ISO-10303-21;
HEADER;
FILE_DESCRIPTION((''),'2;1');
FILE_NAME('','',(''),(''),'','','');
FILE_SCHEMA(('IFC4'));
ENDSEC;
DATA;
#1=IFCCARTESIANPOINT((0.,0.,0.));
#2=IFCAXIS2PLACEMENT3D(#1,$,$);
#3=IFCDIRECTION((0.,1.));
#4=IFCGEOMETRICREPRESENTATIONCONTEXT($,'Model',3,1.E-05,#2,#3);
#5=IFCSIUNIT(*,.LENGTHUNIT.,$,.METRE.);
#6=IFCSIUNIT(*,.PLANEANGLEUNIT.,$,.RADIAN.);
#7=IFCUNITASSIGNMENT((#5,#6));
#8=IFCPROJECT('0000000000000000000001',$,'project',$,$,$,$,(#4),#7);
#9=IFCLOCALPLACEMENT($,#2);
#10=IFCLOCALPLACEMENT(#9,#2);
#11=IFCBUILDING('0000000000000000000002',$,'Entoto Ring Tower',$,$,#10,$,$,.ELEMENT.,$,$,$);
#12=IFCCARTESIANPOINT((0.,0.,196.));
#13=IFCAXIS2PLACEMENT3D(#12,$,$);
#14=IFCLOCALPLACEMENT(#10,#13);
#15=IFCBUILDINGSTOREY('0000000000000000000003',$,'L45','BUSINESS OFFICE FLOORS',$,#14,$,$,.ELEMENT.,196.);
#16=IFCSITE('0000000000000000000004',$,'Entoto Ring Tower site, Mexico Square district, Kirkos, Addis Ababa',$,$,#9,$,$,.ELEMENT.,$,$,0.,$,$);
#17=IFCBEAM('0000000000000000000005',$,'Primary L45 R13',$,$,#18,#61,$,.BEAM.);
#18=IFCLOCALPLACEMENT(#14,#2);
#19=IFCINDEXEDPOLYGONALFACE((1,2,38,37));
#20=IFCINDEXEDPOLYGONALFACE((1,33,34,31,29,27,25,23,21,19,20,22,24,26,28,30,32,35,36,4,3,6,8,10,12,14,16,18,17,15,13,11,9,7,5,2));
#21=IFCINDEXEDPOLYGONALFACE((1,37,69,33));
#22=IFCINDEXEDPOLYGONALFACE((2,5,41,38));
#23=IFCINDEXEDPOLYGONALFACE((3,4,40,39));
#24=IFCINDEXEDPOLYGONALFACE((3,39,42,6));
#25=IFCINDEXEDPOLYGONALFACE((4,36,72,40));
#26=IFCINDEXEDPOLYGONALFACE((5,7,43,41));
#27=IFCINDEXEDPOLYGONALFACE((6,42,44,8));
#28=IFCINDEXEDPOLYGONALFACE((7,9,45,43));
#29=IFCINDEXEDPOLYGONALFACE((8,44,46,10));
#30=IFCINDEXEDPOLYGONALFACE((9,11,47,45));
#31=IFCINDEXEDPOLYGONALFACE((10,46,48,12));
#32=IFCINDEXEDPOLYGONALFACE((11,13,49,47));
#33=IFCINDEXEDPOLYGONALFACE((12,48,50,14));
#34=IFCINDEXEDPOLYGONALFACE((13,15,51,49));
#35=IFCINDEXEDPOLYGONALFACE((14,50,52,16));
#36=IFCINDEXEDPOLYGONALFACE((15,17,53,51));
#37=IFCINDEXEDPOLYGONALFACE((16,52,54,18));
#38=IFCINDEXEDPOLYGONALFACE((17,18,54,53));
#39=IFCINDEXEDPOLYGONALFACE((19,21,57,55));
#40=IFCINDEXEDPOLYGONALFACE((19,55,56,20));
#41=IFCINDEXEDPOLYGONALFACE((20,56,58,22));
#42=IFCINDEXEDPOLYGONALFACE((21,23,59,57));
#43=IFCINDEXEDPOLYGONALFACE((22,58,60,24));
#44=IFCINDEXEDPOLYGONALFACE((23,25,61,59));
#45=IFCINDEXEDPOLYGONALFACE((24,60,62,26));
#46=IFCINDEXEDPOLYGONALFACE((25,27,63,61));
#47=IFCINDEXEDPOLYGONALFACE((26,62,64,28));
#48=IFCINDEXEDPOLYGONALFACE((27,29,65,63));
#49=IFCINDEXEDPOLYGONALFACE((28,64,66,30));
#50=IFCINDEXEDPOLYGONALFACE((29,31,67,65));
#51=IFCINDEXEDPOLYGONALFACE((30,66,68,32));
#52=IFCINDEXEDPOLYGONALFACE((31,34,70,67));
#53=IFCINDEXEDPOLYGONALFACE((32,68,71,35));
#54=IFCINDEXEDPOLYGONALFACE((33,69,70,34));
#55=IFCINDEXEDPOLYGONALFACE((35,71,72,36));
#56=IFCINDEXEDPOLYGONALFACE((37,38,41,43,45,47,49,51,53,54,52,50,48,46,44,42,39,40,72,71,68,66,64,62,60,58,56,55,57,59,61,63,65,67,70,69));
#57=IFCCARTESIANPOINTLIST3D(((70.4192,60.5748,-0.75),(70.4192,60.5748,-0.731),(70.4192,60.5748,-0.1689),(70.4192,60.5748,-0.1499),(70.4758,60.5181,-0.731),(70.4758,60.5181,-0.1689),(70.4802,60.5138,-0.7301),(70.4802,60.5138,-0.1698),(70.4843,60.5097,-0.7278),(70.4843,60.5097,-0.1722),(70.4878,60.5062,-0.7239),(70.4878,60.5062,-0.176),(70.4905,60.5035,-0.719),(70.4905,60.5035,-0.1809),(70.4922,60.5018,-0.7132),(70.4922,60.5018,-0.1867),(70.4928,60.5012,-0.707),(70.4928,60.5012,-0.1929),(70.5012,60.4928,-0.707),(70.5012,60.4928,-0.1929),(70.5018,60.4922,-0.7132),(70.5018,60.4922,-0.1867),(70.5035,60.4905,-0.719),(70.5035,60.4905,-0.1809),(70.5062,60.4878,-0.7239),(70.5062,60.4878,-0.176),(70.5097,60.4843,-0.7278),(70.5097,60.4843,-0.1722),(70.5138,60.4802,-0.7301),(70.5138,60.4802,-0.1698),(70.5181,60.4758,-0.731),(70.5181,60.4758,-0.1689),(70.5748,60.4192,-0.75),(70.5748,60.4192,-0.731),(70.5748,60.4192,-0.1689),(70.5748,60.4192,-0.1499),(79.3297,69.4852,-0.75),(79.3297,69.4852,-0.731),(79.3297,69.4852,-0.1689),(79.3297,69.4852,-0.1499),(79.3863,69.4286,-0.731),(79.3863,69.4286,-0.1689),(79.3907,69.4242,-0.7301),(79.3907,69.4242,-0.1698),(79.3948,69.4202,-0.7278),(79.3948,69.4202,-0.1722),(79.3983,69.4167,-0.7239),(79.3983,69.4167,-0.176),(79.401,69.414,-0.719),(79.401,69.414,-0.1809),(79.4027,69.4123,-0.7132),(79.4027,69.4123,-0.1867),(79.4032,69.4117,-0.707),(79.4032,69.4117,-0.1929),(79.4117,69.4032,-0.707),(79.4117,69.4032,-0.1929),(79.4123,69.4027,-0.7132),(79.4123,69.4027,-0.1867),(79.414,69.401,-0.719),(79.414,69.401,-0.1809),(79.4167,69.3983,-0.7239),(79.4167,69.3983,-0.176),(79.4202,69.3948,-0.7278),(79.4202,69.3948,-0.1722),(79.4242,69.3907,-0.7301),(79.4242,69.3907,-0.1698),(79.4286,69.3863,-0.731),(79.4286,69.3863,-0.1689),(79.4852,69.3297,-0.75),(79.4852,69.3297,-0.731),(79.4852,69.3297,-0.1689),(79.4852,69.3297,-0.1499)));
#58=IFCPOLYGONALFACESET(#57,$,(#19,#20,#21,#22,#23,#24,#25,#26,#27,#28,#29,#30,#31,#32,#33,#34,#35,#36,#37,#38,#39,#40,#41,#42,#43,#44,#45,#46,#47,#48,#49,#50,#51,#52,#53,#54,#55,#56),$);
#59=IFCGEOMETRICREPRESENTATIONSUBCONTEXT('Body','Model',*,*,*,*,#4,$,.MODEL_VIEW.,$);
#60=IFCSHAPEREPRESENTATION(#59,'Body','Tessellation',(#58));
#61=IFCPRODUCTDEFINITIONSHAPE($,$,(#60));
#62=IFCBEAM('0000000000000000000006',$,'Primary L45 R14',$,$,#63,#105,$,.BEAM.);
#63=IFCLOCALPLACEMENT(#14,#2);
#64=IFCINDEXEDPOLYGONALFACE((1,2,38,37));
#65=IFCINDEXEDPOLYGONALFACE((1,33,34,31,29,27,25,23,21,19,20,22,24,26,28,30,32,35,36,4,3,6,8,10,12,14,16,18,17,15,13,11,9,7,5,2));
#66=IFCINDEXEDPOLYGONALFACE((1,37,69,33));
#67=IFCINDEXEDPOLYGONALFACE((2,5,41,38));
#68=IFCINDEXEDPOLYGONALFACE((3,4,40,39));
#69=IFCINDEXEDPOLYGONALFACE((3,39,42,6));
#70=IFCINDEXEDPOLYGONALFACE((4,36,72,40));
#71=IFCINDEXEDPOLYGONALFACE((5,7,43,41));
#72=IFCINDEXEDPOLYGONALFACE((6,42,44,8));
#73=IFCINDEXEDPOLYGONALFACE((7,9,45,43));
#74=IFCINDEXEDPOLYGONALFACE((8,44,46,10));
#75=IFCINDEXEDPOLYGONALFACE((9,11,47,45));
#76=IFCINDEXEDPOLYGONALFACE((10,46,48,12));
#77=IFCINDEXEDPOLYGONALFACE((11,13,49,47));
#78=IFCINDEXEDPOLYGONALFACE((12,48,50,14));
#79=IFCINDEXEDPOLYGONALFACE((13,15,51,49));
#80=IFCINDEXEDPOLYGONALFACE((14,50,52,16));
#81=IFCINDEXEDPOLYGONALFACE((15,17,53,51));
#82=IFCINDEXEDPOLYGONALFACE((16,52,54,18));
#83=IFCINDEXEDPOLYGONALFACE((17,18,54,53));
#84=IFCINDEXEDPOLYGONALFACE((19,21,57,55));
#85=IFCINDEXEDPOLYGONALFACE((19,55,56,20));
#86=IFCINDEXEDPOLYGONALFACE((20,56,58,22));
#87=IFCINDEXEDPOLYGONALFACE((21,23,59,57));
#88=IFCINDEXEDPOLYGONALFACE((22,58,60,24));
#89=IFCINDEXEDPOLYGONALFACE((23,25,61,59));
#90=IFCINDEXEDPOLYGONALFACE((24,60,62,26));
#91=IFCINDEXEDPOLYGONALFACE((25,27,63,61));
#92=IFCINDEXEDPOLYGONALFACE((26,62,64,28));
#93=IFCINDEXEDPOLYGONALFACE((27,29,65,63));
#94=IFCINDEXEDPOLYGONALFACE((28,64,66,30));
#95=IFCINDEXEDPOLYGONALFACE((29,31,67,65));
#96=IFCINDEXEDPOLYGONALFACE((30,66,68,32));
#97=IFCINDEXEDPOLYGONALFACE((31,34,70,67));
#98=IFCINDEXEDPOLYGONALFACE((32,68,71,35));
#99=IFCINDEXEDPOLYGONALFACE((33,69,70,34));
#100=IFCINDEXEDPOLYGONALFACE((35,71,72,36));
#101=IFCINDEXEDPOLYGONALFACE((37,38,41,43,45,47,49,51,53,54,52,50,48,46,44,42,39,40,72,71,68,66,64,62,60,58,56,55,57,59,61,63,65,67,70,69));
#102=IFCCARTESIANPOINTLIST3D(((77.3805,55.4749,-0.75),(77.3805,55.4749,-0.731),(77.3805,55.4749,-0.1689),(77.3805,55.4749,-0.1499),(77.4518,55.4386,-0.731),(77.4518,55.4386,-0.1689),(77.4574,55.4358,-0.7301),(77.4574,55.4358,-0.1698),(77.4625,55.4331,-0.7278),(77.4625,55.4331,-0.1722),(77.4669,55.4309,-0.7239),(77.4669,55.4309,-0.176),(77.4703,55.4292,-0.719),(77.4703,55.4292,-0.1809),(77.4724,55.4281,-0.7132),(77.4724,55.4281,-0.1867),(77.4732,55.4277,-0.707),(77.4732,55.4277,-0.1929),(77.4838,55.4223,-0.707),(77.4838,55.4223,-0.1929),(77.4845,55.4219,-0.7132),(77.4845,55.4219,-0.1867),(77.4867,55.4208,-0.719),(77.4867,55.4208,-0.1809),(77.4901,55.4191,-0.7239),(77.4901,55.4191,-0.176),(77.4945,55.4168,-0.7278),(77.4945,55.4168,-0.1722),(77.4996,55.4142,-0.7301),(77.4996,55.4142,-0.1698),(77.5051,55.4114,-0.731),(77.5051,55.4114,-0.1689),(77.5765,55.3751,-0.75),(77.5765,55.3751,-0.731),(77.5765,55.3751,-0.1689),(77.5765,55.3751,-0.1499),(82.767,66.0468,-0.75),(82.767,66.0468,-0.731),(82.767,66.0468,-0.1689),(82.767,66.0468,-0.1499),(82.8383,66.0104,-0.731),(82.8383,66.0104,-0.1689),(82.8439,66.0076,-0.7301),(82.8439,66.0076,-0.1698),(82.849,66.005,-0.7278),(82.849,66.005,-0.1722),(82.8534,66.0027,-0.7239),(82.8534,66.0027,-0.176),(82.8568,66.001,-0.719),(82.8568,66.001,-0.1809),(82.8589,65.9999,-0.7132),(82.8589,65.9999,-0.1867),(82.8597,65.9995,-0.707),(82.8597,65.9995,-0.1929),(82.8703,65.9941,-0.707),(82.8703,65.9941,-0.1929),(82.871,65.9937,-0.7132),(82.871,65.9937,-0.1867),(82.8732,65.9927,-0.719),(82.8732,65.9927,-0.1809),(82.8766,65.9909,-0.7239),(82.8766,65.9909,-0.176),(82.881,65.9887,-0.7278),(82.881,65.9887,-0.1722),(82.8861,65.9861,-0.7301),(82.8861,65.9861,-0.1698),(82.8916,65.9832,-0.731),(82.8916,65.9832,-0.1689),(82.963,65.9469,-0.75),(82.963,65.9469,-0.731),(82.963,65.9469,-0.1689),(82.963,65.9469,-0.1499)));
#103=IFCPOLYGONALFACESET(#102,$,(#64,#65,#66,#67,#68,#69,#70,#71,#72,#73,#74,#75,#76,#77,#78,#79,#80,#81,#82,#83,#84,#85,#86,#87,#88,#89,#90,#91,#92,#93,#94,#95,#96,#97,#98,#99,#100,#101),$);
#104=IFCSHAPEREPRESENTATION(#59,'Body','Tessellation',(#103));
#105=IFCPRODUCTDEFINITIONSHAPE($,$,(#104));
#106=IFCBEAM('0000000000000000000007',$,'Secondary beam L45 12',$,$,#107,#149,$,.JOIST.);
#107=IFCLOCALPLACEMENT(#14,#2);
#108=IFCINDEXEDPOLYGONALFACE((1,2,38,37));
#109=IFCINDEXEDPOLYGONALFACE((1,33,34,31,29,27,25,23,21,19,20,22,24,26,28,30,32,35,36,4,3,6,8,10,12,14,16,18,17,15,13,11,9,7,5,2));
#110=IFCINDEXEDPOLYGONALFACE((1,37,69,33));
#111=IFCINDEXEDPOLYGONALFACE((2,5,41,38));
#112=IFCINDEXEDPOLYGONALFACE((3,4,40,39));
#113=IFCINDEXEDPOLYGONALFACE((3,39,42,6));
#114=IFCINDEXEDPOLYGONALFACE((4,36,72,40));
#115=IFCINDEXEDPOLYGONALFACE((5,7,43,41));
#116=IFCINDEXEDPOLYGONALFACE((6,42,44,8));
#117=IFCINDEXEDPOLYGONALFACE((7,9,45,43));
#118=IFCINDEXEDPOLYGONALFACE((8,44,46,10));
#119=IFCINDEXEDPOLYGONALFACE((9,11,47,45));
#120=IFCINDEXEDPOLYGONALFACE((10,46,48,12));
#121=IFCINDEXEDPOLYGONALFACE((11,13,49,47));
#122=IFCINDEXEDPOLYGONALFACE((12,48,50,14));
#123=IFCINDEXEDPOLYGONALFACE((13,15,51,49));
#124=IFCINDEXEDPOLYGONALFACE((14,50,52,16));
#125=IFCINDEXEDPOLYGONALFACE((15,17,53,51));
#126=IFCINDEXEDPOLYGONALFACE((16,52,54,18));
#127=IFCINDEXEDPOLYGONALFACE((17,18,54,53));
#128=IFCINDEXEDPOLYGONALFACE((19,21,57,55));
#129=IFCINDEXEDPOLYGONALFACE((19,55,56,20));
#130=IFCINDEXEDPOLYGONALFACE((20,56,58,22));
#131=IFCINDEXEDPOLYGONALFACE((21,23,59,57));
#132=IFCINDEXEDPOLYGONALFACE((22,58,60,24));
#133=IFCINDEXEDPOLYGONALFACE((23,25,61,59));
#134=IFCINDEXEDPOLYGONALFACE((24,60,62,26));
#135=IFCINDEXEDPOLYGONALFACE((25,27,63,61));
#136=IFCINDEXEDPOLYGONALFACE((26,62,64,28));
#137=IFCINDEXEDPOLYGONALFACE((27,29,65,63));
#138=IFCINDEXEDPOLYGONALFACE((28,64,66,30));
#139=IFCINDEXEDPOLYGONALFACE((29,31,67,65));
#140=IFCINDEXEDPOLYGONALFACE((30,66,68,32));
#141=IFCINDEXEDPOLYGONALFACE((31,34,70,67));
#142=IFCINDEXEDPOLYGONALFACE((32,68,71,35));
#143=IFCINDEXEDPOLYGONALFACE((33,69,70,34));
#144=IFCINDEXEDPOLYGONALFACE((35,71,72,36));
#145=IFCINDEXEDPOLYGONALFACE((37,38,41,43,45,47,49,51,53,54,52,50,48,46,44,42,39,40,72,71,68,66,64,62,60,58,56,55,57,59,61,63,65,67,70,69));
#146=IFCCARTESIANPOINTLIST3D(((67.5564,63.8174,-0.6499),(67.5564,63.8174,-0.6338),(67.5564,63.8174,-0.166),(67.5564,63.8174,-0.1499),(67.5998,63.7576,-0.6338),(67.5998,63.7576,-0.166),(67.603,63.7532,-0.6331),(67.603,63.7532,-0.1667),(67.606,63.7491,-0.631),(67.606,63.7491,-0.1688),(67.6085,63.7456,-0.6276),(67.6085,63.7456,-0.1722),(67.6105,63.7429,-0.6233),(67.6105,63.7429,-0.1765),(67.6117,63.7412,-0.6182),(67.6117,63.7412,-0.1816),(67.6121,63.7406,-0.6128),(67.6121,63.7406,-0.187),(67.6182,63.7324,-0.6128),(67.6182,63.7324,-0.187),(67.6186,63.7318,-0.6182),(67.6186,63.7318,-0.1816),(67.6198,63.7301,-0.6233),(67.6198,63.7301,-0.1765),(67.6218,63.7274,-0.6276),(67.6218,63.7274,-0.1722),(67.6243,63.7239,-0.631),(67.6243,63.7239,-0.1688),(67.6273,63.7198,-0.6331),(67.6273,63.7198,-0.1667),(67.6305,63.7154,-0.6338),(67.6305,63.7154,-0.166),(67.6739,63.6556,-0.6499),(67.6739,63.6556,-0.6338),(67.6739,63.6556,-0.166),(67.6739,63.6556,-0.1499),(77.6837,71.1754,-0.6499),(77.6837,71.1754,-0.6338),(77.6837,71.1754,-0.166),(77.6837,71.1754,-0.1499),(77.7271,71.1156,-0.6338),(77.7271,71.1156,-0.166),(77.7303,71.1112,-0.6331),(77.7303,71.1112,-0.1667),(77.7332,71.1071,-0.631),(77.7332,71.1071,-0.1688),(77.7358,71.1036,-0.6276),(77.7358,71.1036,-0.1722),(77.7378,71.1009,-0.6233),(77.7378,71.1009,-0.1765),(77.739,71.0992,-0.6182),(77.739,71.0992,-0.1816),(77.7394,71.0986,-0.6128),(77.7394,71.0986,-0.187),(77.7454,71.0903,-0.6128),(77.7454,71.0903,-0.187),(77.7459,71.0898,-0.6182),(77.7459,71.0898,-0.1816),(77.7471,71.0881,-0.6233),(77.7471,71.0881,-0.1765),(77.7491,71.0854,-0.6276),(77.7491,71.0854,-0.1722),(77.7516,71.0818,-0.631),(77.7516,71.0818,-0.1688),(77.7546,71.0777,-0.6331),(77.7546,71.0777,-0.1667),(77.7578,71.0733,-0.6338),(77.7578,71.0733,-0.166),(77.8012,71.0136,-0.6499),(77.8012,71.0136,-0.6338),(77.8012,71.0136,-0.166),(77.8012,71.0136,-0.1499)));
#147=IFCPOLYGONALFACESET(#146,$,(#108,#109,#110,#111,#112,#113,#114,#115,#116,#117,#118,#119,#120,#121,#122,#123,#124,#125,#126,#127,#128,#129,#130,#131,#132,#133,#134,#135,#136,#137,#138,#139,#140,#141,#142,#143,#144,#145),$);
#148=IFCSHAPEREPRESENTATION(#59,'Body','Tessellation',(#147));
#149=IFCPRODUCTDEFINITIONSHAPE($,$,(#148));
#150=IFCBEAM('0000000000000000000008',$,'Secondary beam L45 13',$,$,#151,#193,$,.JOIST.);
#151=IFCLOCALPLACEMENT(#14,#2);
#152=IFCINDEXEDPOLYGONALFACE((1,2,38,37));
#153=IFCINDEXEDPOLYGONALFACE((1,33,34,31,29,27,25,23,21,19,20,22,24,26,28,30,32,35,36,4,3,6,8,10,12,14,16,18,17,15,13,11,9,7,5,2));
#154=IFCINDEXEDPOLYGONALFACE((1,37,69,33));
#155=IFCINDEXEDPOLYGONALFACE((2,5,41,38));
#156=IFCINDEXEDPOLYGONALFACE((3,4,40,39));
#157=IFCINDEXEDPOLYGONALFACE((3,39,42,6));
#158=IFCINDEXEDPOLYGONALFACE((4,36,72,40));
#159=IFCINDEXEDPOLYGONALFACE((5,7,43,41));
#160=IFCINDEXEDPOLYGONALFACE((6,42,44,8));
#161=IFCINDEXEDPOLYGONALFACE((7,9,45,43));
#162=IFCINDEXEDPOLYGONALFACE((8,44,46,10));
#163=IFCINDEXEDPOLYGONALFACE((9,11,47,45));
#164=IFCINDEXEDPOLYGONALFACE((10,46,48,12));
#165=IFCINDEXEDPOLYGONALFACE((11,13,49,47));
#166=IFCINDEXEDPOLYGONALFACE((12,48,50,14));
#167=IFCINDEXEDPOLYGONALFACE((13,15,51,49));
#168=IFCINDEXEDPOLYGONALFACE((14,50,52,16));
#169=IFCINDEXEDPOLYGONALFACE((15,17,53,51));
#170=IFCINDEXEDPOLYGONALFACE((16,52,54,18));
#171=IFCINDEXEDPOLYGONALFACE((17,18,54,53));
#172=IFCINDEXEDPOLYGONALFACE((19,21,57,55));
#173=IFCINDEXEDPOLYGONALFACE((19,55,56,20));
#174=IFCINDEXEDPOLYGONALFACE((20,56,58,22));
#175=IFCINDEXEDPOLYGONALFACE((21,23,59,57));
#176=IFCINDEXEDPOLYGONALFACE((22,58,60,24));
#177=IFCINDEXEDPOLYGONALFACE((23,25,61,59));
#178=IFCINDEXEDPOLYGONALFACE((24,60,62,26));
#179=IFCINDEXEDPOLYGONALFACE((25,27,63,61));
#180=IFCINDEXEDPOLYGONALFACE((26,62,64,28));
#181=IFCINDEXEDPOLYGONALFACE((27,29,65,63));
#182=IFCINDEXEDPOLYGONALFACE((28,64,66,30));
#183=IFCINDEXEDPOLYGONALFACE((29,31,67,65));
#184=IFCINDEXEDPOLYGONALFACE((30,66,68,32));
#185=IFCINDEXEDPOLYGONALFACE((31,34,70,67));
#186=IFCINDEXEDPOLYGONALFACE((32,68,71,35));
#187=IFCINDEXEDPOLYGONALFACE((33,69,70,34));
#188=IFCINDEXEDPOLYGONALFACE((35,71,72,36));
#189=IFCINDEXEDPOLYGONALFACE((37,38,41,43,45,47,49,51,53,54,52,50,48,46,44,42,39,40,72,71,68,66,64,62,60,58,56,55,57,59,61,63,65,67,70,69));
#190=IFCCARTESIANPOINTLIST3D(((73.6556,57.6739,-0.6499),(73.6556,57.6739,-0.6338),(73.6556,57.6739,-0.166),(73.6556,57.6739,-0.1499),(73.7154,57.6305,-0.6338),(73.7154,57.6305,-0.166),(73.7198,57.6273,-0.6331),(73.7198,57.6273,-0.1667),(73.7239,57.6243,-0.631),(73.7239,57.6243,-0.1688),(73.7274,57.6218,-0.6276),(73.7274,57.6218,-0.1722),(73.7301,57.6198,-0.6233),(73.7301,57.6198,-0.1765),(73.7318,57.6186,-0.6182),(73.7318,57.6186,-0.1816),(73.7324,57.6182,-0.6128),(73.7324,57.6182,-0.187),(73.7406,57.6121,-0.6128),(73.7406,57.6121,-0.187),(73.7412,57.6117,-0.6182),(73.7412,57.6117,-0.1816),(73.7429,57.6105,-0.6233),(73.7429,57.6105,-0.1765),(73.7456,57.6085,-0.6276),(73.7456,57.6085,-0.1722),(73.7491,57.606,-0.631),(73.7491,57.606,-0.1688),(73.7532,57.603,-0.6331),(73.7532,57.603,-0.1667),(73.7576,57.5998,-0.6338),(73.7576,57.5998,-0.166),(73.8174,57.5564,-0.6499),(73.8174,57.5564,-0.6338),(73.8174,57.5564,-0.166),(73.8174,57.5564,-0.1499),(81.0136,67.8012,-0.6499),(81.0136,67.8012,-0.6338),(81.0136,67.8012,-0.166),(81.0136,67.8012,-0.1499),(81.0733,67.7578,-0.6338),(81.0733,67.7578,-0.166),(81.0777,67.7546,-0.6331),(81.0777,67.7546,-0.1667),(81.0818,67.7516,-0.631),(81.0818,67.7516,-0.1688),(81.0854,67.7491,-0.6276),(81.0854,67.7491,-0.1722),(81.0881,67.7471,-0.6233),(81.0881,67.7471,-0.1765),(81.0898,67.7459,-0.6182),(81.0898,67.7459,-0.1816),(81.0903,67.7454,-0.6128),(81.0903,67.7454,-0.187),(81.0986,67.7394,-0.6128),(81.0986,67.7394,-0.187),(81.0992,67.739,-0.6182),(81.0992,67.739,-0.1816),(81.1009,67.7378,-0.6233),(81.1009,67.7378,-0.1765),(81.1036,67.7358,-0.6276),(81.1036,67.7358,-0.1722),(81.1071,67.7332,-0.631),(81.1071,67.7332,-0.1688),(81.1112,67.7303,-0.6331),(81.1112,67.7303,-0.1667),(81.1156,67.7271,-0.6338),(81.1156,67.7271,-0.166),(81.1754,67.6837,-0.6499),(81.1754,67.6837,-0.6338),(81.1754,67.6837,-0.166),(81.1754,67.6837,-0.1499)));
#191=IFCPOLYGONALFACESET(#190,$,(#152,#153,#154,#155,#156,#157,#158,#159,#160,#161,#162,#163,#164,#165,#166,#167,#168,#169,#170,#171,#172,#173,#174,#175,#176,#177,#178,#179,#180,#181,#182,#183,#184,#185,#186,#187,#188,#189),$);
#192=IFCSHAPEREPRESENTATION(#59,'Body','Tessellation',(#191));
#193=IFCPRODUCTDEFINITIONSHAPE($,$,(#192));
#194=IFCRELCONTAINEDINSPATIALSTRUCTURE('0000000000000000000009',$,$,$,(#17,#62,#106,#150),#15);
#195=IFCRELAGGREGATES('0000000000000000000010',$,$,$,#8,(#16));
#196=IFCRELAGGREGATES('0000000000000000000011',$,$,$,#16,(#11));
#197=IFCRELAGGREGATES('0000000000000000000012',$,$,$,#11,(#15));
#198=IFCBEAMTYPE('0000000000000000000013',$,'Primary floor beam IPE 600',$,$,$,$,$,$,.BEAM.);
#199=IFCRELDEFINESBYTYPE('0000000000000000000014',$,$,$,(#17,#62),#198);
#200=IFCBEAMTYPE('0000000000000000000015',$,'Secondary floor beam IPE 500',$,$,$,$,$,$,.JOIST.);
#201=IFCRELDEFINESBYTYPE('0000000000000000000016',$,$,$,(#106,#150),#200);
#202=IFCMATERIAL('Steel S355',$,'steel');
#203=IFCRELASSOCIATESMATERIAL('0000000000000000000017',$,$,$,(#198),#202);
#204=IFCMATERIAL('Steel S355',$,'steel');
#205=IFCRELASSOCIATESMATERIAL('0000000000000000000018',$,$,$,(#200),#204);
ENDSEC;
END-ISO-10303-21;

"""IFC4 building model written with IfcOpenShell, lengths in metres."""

from ifc_helpers import new_model, si_unit, direction, frame, origin, origin_2d, place, context, subcontext, project, spatial, i_section, extrude, material, material_profile, profile_set, type_object, element, save


model = new_model("IFC4")

# Units and contexts
model_context = context("Model", 3, precision=1e-05, world=origin(), true_north=direction((0.0, 1.0)))
body_context = subcontext(model_context, "Body", "Model", "MODEL_VIEW")
ifc_project = project(units=[si_unit("LENGTHUNIT", "METRE"), si_unit("PLANEANGLEUNIT", "RADIAN")], contexts=[model_context])

# Site, building, storey
site_placement = place(None, origin())
site = spatial("IfcSite", under=ifc_project, at=site_placement, Name="Entoto Ring Tower site, Mexico Square district, Kirkos, Addis Ababa", CompositionType="ELEMENT", RefElevation=0.0)
building_placement = place(site_placement, origin())
building = spatial("IfcBuilding", under=site, at=building_placement, Name="Entoto Ring Tower", CompositionType="ELEMENT")
storey_placement = place(building_placement, frame((0.0, 0.0, 196.0)))
storey = spatial("IfcBuildingStorey", under=building, at=storey_placement, Name="L45", Description="BUSINESS OFFICE FLOORS", CompositionType="ELEMENT", Elevation=196.0)

# Beams
ifc_material_1 = material(Name="Steel S355", Category="steel")
ifc_material_profile_1 = material_profile(ifc_material_1, i_section(OverallWidth=0.22, OverallDepth=0.6001, WebThickness=0.012, FlangeThickness=0.019, FilletRadius=0.0239, at=origin_2d()), Name="IPE 600")
ifc_profile_set_1 = profile_set([ifc_material_profile_1], Name="Steel S355")
beam_type_1 = type_object("IfcBeamType", Name="Primary floor beam IPE 600", PredefinedType="BEAM", material=ifc_profile_set_1)
beam_1_placement = place(storey_placement, frame((79.4075, 69.4075, -0.45), z_axis=(-0.707107, -0.707107, 0.0), x_axis=(0.707107, -0.707107, 0.0)))
element("IfcBeam", 1, at=beam_1_placement, inside=storey, type_object=beam_type_1, Name="Primary L45 R13", PredefinedType="BEAM", context=body_context, shape_type="SweptSolid", body=[
    extrude(i_section(OverallWidth=0.22, OverallDepth=0.6001, WebThickness=0.012, FlangeThickness=0.019, FilletRadius=0.0239, at=origin_2d()), origin(), (0.0, 0.0, 1.0), 12.6013),
])
beam_2_placement = place(storey_placement, frame((82.865, 65.9968, -0.45), z_axis=(-0.453983, -0.89101, 0.0), x_axis=(0.89101, -0.453983, 0.0)))
element("IfcBeam", 2, at=beam_2_placement, inside=storey, type_object=beam_type_1, Name="Primary L45 R14", PredefinedType="BEAM", context=body_context, shape_type="SweptSolid", body=[
    extrude(i_section(OverallWidth=0.22, OverallDepth=0.6001, WebThickness=0.012, FlangeThickness=0.019, FilletRadius=0.0239, at=origin_2d()), origin(), (0.0, 0.0, 1.0), 11.865),
])
ifc_material_2 = material(Name="Steel S355", Category="steel")
ifc_material_profile_2 = material_profile(ifc_material_2, i_section(OverallWidth=0.2, OverallDepth=0.5, WebThickness=0.0103, FlangeThickness=0.0161, FilletRadius=0.021, at=origin_2d()), Name="IPE 500")
ifc_profile_set_2 = profile_set([ifc_material_profile_2], Name="Steel S355")
beam_type_2 = type_object("IfcBeamType", Name="Secondary floor beam IPE 500", PredefinedType="JOIST", material=ifc_profile_set_2)
for number, where, z_axis, x_axis, name in (
    (3, (77.7424, 71.0945, -0.3999), (-0.809014, -0.587789, 0.0), (0.587789, -0.809014, 0.0), "Secondary beam L45 12"),
    (4, (81.0945, 67.7424, -0.3999), (-0.587789, -0.809014, 0.0), (0.809014, -0.587789, 0.0), "Secondary beam L45 13"),
):
    element("IfcBeam", number, at=place(storey_placement, frame(where, z_axis=z_axis, x_axis=x_axis)), inside=storey, type_object=beam_type_2, Name=name, PredefinedType="JOIST", context=body_context, shape_type="SweptSolid", body=[
        extrude(i_section(OverallWidth=0.2, OverallDepth=0.5, WebThickness=0.0103, FlangeThickness=0.0161, FilletRadius=0.021, at=origin_2d()), origin(), (0.0, 0.0, 1.0), 12.5181),
    ])

save(model, "model.ifc")
